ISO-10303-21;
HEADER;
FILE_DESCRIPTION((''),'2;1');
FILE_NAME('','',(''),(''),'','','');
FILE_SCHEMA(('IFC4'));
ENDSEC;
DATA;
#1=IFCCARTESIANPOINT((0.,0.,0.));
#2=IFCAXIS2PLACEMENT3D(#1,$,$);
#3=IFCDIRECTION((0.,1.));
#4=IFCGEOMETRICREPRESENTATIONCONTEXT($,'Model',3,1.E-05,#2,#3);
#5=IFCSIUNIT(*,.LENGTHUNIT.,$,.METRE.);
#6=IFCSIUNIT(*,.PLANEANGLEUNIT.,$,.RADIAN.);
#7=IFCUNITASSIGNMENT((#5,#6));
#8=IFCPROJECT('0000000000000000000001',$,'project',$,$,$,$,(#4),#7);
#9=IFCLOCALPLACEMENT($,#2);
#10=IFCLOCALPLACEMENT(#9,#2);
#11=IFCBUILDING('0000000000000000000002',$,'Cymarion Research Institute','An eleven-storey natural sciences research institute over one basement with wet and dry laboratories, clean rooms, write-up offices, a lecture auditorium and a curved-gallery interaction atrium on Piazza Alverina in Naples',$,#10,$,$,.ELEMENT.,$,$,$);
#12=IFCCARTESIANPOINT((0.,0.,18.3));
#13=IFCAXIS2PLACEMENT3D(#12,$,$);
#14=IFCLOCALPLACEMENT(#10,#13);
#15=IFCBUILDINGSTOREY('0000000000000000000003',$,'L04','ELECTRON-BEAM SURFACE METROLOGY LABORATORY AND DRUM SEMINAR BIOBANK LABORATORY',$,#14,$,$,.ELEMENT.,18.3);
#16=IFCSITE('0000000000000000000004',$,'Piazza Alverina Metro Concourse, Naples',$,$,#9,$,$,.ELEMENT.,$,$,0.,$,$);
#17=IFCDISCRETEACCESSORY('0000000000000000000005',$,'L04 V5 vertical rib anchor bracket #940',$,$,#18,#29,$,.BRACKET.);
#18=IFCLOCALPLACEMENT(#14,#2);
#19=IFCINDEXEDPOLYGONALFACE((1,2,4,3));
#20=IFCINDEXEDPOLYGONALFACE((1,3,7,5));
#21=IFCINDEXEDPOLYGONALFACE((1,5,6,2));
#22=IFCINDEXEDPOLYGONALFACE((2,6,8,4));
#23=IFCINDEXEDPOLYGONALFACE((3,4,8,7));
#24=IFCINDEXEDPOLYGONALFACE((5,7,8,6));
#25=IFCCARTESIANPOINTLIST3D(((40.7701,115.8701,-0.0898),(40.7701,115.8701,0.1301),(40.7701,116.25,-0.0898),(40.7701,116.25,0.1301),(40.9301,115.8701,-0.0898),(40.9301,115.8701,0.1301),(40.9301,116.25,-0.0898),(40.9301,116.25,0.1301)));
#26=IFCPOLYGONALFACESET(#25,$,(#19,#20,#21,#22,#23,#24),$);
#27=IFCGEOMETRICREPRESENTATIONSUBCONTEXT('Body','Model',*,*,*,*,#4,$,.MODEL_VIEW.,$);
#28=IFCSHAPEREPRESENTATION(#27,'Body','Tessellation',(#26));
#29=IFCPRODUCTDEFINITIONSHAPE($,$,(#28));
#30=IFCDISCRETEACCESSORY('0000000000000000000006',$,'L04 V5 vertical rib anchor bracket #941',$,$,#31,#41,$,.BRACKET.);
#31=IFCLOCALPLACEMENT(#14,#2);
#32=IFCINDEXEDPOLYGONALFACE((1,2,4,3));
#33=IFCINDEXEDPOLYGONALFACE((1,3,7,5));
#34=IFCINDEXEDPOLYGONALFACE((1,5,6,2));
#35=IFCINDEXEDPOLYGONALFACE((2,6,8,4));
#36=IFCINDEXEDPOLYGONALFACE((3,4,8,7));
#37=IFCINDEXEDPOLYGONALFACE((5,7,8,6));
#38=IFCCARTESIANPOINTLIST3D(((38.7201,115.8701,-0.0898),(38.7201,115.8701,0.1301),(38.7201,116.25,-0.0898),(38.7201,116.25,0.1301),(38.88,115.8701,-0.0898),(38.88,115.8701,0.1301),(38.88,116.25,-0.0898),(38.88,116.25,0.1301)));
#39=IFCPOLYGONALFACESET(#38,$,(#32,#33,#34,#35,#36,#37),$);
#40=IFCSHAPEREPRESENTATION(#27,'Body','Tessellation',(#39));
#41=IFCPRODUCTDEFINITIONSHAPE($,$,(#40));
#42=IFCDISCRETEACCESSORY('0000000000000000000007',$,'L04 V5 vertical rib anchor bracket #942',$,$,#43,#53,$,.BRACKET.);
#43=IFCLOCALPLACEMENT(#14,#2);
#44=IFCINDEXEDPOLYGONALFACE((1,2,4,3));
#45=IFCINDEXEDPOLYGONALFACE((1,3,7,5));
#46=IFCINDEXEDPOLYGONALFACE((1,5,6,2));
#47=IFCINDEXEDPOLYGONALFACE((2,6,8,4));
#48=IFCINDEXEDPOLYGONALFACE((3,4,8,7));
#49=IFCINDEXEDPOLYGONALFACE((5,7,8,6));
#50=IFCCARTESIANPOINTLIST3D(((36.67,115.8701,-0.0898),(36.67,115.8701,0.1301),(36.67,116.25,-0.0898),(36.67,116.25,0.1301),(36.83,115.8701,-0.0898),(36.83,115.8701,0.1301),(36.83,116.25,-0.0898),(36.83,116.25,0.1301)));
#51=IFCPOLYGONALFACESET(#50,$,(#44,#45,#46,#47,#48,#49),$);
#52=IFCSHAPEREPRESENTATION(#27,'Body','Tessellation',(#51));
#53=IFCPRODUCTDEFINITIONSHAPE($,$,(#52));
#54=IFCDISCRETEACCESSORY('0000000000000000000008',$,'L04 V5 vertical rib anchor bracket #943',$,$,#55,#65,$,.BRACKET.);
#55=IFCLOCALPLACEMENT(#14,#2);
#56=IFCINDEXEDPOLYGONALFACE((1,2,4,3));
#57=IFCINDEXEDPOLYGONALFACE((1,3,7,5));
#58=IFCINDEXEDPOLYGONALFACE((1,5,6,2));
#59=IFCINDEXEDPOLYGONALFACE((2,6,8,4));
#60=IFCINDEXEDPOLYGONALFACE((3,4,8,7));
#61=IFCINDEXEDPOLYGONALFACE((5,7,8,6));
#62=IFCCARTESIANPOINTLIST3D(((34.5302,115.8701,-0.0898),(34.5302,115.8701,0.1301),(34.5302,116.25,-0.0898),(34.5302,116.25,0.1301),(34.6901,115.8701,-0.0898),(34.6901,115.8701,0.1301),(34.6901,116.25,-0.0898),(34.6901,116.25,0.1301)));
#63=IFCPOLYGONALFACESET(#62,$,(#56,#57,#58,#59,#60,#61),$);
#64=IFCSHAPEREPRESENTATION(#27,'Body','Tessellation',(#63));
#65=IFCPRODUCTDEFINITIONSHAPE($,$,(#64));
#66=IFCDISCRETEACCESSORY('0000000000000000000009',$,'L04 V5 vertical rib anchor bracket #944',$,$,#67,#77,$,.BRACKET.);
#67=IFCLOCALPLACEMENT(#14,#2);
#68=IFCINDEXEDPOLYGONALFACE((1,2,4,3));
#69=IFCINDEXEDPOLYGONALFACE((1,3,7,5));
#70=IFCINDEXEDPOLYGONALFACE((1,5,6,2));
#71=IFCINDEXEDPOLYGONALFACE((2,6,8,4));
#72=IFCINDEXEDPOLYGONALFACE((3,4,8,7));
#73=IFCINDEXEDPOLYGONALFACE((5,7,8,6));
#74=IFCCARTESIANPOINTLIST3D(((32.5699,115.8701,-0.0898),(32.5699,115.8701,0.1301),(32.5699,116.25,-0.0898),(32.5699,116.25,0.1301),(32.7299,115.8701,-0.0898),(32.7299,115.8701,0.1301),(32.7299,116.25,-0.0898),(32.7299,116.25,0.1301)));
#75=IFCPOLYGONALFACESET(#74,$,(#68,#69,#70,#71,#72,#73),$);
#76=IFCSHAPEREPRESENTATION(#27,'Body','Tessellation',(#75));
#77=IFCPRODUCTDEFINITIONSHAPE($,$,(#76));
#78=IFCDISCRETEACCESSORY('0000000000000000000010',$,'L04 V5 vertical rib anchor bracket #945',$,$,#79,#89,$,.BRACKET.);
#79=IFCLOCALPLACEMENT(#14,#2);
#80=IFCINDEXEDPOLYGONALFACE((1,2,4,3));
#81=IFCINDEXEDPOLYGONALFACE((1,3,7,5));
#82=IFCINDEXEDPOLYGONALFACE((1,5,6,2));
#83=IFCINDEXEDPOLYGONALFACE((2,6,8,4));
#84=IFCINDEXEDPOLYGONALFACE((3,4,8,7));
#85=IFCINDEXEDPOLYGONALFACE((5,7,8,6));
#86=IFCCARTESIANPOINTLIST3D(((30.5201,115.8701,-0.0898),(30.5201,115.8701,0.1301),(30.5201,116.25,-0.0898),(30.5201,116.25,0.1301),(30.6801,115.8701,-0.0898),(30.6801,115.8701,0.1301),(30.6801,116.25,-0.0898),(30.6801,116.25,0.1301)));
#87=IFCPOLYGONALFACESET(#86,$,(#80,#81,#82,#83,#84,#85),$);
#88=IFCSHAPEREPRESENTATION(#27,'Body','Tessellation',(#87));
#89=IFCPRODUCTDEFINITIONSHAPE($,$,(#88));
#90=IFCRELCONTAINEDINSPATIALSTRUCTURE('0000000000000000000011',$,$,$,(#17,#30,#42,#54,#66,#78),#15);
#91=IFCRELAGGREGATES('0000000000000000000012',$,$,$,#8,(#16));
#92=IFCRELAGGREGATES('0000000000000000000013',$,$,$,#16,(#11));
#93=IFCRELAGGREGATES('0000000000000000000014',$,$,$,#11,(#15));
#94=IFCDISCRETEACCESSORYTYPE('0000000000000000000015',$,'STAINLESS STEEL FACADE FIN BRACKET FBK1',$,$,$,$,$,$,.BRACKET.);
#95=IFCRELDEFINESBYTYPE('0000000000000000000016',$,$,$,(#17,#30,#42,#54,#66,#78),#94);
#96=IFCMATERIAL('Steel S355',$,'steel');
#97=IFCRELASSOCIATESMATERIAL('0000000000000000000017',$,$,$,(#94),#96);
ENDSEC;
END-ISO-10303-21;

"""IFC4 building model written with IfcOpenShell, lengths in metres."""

from ifc_helpers import new_model, si_unit, direction, frame, origin, origin_2d, place, context, subcontext, project, spatial, rectangle, extrude, material, type_object, element, save


model = new_model("IFC4")

# Units and contexts
model_context = context("Model", 3, precision=1e-05, world=origin(), true_north=direction((0.0, 1.0)))
body_context = subcontext(model_context, "Body", "Model", "MODEL_VIEW")
ifc_project = project(units=[si_unit("LENGTHUNIT", "METRE"), si_unit("PLANEANGLEUNIT", "RADIAN")], contexts=[model_context])

# Site, building, storey
site_placement = place(None, origin())
site = spatial("IfcSite", under=ifc_project, at=site_placement, Name="Piazza Alverina Metro Concourse, Naples", CompositionType="ELEMENT", RefElevation=0.0)
building_placement = place(site_placement, origin())
building = spatial("IfcBuilding", under=site, at=building_placement, Name="Cymarion Research Institute", Description="An eleven-storey natural sciences research institute over one basement with wet and dry laboratories, clean rooms, write-up offices, a lecture auditorium and a curved-gallery interaction atrium on Piazza Alverina in Naples", CompositionType="ELEMENT")
storey_placement = place(building_placement, frame((0.0, 0.0, 18.3)))
storey = spatial("IfcBuildingStorey", under=building, at=storey_placement, Name="L04", Description="ELECTRON-BEAM SURFACE METROLOGY LABORATORY AND DRUM SEMINAR BIOBANK LABORATORY", CompositionType="ELEMENT", Elevation=18.3)

# Discrete accessories
ifc_material_1 = material(Name="Steel S355", Category="steel")
discrete_accessory_type = type_object("IfcDiscreteAccessoryType", Name="STAINLESS STEEL FACADE FIN BRACKET FBK1", PredefinedType="BRACKET", material=ifc_material_1)
for number, where, z_axis, x_axis, name in (
    (1, (40.8501, 116.0601, -0.0898), (0.0, 0.0, 1.0), (0.0, 1.0, 0.0), "L04 V5 vertical rib anchor bracket #940"),
    (2, (38.8, 116.0601, -0.0898), (0.0, 0.0, 1.0), (0.0, 1.0, 0.0), "L04 V5 vertical rib anchor bracket #941"),
    (3, (36.75, 116.0601, -0.0898), (0.0, 0.0, 1.0), (0.0, 1.0, 0.0), "L04 V5 vertical rib anchor bracket #942"),
    (4, (34.6101, 116.0601, -0.0898), (0.0, 0.0, 1.0), (0.0, 1.0, 0.0), "L04 V5 vertical rib anchor bracket #943"),
    (5, (32.6499, 116.0601, -0.0898), (0.0, 0.0, 1.0), (0.0, 1.0, 0.0), "L04 V5 vertical rib anchor bracket #944"),
    (6, (30.6001, 116.0601, -0.0898), (0.0, 0.0, 1.0), (0.0, 1.0, 0.0), "L04 V5 vertical rib anchor bracket #945"),
):
    element("IfcDiscreteAccessory", number, at=place(storey_placement, frame(where, z_axis=z_axis, x_axis=x_axis)), inside=storey, type_object=discrete_accessory_type, Name=name, PredefinedType="BRACKET", context=body_context, shape_type="SweptSolid", body=[
        extrude(rectangle(XDim=0.3799, YDim=0.1599, at=origin_2d()), origin(), (0.0, 0.0, 1.0), 0.22),
    ])

save(model, "model.ifc")
